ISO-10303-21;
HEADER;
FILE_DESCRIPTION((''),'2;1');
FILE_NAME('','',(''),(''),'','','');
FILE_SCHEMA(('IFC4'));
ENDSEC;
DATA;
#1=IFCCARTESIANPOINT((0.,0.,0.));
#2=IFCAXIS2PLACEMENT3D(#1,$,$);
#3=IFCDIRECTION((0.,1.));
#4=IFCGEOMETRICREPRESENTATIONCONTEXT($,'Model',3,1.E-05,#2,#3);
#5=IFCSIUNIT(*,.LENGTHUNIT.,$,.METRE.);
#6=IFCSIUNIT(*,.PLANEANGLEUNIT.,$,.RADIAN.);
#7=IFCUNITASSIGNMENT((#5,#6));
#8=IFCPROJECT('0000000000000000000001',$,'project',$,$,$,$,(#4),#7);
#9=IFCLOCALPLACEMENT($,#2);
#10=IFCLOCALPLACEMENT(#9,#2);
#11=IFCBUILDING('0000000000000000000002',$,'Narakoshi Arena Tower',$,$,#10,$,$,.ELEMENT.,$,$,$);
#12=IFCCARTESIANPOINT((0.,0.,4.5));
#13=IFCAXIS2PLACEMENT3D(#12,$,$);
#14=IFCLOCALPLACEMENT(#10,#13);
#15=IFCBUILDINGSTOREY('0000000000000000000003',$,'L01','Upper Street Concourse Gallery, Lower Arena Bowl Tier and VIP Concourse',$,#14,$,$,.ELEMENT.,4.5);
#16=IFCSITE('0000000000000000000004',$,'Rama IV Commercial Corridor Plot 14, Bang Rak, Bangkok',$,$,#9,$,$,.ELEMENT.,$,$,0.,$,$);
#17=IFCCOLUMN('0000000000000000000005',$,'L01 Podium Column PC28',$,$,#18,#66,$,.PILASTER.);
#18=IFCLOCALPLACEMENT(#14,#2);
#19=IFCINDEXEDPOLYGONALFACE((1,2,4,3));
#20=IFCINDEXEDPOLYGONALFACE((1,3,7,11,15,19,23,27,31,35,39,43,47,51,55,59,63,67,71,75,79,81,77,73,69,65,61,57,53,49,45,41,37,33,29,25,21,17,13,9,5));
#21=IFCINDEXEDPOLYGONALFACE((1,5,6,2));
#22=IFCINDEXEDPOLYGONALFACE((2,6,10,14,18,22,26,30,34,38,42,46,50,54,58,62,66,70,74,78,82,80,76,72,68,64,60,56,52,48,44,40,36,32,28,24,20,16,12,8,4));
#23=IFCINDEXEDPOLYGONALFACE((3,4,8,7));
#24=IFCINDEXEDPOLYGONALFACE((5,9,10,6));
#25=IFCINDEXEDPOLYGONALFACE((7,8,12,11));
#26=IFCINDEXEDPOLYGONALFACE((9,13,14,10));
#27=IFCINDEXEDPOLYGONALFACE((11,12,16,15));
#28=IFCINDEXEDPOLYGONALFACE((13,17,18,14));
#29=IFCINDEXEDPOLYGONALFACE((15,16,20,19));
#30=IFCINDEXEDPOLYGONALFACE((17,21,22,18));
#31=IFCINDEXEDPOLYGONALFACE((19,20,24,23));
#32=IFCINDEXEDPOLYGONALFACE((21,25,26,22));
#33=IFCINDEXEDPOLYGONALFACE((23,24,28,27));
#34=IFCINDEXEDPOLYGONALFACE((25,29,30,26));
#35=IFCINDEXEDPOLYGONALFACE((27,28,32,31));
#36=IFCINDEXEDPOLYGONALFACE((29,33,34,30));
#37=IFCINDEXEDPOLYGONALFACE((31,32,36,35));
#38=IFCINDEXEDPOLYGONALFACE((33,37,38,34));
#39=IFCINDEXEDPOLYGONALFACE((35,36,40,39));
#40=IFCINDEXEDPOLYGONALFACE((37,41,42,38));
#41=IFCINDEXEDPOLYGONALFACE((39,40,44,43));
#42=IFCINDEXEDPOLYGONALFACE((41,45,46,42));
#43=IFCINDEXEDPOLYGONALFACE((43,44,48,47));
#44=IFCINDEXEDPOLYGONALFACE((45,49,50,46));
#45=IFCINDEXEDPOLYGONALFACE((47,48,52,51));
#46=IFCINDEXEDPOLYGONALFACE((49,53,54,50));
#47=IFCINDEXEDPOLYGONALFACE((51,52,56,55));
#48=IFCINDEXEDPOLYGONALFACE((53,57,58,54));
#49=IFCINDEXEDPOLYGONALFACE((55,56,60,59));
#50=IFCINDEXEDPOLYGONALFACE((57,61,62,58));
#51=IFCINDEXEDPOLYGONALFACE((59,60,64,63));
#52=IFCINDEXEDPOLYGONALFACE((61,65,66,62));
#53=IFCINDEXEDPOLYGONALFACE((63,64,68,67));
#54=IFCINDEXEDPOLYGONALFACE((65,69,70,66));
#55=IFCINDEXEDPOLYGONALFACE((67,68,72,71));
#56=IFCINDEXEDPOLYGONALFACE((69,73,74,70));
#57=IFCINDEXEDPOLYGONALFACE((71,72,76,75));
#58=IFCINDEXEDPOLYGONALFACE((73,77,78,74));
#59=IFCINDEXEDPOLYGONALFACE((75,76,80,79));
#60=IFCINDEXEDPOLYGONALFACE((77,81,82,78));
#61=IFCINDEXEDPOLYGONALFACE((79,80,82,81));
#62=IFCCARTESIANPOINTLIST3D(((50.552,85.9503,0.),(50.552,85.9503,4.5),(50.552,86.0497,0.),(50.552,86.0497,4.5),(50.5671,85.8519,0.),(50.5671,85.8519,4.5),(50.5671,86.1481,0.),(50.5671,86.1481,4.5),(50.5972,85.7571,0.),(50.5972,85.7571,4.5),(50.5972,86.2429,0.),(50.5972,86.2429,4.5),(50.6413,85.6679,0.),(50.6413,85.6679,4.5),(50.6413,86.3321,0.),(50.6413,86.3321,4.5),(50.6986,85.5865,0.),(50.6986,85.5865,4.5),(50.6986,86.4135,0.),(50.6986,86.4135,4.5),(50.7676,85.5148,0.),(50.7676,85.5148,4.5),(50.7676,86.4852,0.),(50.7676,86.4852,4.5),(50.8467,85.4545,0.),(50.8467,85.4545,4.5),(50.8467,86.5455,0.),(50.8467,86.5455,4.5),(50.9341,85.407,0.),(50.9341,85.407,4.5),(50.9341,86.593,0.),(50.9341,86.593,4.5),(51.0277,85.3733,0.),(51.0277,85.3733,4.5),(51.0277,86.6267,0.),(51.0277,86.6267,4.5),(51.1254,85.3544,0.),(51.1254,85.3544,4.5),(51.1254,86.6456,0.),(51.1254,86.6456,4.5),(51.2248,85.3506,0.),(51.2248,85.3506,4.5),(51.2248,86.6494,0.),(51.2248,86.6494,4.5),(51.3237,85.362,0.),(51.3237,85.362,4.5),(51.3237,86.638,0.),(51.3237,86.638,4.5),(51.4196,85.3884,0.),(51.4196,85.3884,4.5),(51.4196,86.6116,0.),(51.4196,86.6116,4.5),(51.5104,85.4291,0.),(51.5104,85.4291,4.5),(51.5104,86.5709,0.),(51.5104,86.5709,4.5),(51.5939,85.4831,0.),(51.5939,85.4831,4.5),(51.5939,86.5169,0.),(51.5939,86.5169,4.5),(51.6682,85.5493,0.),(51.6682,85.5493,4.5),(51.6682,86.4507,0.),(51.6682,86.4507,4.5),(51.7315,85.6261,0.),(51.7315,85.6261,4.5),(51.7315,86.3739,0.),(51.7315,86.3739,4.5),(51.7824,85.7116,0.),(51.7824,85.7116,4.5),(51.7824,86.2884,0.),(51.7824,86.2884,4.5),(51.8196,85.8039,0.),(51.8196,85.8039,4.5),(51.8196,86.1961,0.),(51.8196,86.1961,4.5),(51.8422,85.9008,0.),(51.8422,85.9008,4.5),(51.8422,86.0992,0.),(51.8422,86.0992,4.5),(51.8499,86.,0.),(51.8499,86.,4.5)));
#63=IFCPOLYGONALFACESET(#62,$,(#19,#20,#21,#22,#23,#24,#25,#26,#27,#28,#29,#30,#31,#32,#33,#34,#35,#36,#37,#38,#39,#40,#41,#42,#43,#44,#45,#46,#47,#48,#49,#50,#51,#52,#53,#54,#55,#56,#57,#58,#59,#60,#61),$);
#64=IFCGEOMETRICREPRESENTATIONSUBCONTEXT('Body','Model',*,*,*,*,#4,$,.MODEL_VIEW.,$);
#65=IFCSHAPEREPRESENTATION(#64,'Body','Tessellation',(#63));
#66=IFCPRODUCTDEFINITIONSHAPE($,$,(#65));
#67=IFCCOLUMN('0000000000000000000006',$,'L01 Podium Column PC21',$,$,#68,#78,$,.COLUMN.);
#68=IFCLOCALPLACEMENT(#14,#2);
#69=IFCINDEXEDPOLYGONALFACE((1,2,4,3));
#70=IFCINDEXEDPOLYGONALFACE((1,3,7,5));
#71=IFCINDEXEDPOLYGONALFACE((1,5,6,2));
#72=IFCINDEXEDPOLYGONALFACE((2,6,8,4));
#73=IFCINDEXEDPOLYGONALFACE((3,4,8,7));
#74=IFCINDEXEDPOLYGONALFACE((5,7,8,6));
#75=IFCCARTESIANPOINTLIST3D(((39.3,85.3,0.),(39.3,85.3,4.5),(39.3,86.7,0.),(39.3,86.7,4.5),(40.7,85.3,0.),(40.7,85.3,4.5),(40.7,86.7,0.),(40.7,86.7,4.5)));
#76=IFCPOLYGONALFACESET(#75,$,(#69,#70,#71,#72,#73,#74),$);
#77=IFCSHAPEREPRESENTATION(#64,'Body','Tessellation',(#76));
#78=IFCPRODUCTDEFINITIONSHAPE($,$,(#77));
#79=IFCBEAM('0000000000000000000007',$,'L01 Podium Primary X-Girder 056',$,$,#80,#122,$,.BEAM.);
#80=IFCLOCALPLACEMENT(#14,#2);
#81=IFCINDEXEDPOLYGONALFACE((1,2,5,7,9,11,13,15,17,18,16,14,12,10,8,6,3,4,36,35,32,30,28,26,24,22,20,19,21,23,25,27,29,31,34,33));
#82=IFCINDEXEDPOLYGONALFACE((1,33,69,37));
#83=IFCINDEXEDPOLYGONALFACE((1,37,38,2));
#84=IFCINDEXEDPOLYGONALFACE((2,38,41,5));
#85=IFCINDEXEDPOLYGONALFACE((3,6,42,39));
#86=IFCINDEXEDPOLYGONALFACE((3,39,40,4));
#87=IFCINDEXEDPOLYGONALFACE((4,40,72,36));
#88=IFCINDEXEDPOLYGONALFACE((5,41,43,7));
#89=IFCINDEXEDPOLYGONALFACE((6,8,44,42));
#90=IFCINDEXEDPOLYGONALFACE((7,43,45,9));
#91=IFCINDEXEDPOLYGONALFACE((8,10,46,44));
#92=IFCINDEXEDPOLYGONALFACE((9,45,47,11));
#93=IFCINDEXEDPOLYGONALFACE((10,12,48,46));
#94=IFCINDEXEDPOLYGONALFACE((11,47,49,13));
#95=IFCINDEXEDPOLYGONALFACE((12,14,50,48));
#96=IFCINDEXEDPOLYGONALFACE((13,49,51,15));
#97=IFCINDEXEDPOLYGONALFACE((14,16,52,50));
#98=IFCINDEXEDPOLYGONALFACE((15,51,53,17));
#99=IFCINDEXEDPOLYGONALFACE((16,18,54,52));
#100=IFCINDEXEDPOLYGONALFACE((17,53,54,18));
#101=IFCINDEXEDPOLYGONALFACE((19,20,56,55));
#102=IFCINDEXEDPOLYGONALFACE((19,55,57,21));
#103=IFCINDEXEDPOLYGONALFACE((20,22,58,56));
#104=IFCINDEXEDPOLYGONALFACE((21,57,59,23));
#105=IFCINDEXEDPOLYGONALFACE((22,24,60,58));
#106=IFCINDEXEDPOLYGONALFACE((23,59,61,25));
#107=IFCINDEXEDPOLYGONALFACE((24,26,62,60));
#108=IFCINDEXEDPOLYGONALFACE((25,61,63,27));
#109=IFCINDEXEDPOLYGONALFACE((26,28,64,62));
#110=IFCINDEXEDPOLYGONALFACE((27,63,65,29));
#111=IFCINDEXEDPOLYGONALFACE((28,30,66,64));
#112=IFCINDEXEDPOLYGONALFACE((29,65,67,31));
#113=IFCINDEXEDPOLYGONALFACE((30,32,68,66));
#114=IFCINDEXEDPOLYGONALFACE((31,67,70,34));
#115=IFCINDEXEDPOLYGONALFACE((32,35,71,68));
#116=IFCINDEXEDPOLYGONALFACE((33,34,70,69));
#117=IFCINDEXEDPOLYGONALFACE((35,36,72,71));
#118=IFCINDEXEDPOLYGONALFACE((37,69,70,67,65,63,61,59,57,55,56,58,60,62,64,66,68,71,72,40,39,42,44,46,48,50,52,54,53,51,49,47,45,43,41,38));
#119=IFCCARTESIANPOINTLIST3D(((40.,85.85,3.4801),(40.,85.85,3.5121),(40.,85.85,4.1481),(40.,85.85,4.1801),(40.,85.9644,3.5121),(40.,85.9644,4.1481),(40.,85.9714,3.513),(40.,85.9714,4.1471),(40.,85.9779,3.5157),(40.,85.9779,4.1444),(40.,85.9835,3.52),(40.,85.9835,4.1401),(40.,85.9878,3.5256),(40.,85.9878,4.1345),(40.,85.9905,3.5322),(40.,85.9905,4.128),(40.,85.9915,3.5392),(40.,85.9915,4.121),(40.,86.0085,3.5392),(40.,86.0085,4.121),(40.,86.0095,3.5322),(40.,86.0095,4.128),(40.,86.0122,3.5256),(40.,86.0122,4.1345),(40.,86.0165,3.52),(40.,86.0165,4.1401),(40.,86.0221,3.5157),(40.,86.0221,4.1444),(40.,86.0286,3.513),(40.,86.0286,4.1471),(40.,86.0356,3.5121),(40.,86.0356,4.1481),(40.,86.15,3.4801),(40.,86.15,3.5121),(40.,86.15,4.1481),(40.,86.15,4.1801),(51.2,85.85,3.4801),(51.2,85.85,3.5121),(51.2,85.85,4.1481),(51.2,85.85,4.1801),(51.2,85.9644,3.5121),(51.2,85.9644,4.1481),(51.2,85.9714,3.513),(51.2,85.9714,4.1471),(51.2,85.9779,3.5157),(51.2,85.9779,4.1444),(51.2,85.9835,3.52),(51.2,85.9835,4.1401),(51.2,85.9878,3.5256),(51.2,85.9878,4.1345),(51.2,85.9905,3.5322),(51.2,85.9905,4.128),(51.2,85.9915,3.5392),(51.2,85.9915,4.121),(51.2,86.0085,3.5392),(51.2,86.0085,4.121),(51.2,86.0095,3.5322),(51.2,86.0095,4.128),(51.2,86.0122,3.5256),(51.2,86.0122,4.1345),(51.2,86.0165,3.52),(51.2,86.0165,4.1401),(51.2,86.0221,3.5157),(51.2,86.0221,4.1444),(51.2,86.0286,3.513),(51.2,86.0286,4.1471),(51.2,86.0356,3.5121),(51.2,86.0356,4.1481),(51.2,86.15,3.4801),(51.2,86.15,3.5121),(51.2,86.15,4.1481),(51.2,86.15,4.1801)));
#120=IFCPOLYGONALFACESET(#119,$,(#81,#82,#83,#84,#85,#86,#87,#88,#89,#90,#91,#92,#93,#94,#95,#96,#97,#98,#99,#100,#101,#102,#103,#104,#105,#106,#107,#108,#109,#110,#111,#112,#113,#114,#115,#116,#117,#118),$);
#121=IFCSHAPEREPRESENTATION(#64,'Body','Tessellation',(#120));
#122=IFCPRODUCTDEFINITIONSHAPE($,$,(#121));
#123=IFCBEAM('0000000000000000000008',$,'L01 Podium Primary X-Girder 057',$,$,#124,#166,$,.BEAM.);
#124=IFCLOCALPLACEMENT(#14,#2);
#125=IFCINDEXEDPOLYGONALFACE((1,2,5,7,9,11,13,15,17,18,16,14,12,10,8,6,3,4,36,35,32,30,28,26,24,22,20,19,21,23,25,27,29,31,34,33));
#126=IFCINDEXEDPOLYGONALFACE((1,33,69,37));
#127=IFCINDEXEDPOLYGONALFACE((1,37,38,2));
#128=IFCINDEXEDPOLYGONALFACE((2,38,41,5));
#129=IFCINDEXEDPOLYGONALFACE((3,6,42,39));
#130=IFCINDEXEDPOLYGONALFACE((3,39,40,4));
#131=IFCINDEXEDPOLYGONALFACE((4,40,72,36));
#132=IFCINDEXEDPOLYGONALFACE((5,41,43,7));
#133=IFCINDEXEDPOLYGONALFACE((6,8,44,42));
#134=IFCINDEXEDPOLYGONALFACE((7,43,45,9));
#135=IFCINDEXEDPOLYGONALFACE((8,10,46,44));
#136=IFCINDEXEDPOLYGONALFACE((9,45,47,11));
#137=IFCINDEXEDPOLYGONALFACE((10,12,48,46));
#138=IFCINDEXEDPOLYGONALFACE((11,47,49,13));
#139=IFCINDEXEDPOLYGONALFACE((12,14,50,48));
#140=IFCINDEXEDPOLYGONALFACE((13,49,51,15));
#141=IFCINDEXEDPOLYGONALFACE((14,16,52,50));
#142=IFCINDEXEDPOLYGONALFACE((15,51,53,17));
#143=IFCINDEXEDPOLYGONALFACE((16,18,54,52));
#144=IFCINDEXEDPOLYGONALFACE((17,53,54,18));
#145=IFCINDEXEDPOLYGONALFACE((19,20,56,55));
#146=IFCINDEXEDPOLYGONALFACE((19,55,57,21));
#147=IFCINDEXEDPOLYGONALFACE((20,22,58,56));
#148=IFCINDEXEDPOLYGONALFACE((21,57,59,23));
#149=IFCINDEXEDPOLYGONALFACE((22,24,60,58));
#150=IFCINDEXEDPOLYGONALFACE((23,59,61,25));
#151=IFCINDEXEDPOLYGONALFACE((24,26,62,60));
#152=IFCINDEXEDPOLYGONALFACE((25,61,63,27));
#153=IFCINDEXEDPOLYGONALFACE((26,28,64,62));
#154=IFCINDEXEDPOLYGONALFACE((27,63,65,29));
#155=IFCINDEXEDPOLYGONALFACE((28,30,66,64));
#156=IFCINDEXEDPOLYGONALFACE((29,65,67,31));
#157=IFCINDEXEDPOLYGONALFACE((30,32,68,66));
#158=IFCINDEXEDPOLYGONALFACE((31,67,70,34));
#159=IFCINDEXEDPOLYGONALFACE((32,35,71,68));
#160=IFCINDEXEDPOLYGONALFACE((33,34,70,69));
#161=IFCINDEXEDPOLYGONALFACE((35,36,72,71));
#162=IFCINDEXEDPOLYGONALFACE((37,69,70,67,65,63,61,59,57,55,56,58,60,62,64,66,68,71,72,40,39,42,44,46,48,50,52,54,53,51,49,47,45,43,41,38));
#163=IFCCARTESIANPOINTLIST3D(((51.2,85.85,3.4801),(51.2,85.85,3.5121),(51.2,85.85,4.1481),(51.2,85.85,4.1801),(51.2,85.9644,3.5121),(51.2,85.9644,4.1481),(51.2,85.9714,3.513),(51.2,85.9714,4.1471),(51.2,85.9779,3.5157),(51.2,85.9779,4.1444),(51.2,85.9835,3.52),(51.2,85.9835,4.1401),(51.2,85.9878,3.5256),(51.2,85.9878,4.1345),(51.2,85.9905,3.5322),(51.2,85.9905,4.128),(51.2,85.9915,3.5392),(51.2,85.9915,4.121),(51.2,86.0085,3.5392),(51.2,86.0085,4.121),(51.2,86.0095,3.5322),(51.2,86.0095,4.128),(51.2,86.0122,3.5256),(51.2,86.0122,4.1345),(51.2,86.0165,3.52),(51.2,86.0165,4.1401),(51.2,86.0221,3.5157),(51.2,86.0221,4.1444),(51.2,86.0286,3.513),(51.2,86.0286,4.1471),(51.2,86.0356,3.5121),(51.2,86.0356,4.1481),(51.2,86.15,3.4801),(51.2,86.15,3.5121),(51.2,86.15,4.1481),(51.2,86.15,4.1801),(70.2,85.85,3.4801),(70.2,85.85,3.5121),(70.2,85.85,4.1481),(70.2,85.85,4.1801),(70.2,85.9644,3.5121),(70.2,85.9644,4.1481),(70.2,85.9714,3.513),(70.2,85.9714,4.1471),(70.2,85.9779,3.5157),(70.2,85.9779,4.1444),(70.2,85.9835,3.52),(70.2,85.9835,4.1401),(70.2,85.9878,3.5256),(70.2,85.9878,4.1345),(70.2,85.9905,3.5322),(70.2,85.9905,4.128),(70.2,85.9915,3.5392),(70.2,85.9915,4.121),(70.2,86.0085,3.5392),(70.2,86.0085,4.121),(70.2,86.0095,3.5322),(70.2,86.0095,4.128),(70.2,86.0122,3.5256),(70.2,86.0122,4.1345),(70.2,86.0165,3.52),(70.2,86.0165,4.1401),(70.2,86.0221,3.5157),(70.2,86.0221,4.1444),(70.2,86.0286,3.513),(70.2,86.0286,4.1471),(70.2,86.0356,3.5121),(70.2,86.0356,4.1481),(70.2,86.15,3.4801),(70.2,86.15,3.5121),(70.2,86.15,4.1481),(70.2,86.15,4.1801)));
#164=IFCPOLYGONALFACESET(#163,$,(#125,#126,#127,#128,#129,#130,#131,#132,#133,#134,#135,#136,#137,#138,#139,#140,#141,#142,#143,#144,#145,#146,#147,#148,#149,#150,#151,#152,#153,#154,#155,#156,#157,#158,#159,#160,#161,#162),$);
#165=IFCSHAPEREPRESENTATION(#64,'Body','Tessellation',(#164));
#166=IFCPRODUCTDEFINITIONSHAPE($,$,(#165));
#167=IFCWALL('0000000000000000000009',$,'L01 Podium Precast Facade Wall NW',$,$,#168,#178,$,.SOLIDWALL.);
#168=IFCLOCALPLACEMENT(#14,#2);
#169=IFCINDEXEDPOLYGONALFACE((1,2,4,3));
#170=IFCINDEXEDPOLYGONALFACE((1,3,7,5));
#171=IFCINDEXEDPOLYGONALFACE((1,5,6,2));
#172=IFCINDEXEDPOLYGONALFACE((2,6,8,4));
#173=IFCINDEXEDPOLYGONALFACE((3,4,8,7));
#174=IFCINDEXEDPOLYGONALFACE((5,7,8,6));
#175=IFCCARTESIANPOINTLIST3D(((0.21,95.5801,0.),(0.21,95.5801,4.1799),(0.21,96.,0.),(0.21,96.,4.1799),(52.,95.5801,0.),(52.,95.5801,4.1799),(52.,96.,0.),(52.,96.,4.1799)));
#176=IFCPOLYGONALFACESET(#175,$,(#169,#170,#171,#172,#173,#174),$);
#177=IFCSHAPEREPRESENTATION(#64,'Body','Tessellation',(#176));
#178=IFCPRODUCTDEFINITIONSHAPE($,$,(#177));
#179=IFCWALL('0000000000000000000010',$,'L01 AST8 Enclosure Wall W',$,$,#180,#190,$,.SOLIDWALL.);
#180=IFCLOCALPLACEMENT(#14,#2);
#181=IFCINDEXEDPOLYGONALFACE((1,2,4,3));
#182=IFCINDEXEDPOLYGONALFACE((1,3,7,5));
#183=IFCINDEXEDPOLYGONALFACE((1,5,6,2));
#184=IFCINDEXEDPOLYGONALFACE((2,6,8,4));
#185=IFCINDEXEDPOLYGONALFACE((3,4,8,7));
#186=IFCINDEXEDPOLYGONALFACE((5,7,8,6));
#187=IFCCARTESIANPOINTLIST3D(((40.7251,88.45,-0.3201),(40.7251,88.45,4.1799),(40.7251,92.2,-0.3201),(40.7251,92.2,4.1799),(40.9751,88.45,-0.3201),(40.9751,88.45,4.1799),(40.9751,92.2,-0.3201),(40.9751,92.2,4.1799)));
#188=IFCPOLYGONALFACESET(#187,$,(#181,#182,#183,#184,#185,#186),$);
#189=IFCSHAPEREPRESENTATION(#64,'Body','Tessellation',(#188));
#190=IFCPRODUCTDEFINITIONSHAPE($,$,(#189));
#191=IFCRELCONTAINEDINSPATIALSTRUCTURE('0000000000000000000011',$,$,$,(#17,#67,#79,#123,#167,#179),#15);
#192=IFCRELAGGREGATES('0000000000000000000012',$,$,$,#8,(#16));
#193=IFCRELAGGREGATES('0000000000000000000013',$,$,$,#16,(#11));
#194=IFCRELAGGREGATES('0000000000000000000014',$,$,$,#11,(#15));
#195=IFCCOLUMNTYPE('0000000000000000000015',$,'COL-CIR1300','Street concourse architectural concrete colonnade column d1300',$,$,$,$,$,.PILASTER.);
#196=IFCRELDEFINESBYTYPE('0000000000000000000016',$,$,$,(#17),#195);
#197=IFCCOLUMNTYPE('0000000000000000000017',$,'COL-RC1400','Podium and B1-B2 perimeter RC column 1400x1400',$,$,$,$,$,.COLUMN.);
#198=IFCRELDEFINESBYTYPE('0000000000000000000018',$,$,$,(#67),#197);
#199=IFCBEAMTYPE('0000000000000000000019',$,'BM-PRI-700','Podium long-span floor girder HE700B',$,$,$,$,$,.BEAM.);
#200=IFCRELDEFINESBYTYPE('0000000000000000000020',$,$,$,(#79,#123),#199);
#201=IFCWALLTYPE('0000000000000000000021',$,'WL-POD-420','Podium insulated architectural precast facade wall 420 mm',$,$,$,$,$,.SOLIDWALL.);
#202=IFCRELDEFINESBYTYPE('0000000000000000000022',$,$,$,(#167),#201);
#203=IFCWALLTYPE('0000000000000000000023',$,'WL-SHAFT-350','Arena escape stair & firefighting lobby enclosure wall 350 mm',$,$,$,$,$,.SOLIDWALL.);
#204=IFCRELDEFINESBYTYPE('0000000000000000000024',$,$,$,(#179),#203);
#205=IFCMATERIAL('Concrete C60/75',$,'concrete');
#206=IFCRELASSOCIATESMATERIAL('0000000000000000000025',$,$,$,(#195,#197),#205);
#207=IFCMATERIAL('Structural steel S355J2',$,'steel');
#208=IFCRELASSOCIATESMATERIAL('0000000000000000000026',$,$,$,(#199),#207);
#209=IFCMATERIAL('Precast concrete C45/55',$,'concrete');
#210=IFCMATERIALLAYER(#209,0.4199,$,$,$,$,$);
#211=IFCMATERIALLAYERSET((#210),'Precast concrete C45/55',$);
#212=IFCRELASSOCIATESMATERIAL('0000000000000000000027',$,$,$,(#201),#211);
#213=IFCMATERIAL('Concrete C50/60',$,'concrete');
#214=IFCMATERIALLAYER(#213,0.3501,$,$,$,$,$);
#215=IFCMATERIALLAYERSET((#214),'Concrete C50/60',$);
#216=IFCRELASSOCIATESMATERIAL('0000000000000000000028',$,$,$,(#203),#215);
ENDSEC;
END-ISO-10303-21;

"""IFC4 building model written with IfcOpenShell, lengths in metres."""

from ifc_helpers import new_model, si_unit, direction, frame, frame_2d, origin, origin_2d, place, context, subcontext, project, spatial, rectangle, circle, i_section, extrude, material, layer, layer_set, material_profile, profile_set, type_object, element, save


model = new_model("IFC4")

# Units and contexts
model_context = context("Model", 3, precision=1e-05, world=origin(), true_north=direction((0.0, 1.0)))
body_context = subcontext(model_context, "Body", "Model", "MODEL_VIEW")
ifc_project = project(units=[si_unit("LENGTHUNIT", "METRE"), si_unit("PLANEANGLEUNIT", "RADIAN")], contexts=[model_context])

# Site, building, storey
site_placement = place(None, origin())
site = spatial("IfcSite", under=ifc_project, at=site_placement, Name="Rama IV Commercial Corridor Plot 14, Bang Rak, Bangkok", CompositionType="ELEMENT", RefElevation=0.0)
building_placement = place(site_placement, origin())
building = spatial("IfcBuilding", under=site, at=building_placement, Name="Narakoshi Arena Tower", CompositionType="ELEMENT")
storey_placement = place(building_placement, frame((0.0, 0.0, 4.5)))
storey = spatial("IfcBuildingStorey", under=building, at=storey_placement, Name="L01", Description="Upper Street Concourse Gallery, Lower Arena Bowl Tier and VIP Concourse", CompositionType="ELEMENT", Elevation=4.5)

# Columns
ifc_material_1 = material(Name="Concrete C60/75", Category="concrete")
ifc_material_profile_1 = material_profile(ifc_material_1, circle(Radius=0.6499, at=origin_2d()), Name="RCC1300")
ifc_profile_set_1 = profile_set([ifc_material_profile_1], Name="Concrete C60/75")
column_type_1 = type_object("IfcColumnType", Name="COL-CIR1300", Description="Street concourse architectural concrete colonnade column d1300", PredefinedType="PILASTER", material=ifc_profile_set_1)
column_1_placement = place(storey_placement, frame((51.2, 86.0, 0.0), z_axis=(0.0, 0.0, 1.0), x_axis=(1.0, 0.0, 0.0)))
element("IfcColumn", 1, at=column_1_placement, inside=storey, type_object=column_type_1, Name="L01 Podium Column PC28", PredefinedType="PILASTER", context=body_context, shape_type="SweptSolid", body=[
    extrude(circle(Radius=0.6499, at=origin_2d()), origin(), (0.0, 0.0, 1.0), 4.5),
])
ifc_material_profile_2 = material_profile(ifc_material_1, rectangle(XDim=1.3999, YDim=1.3999, at=origin_2d()), Name="RC1400x1400")
ifc_profile_set_2 = profile_set([ifc_material_profile_2], Name="Concrete C60/75")
column_type_2 = type_object("IfcColumnType", Name="COL-RC1400", Description="Podium and B1-B2 perimeter RC column 1400x1400", PredefinedType="COLUMN", material=ifc_profile_set_2)
column_2_placement = place(storey_placement, frame((40.0, 86.0, 0.0), z_axis=(0.0, 0.0, 1.0), x_axis=(1.0, 0.0, 0.0)))
element("IfcColumn", 2, at=column_2_placement, inside=storey, type_object=column_type_2, Name="L01 Podium Column PC21", PredefinedType="COLUMN", context=body_context, shape_type="SweptSolid", body=[
    extrude(rectangle(XDim=1.3999, YDim=1.3999, at=origin_2d()), origin(), (0.0, 0.0, 1.0), 4.5),
])

# Beams
ifc_material_2 = material(Name="Structural steel S355J2", Category="steel")
ifc_material_profile_3 = material_profile(ifc_material_2, i_section(OverallWidth=0.3, OverallDepth=0.7, WebThickness=0.0171, FlangeThickness=0.032, FilletRadius=0.0271, at=origin_2d()), Name="HE700B")
ifc_profile_set_3 = profile_set([ifc_material_profile_3], Name="Structural steel S355J2")
beam_type = type_object("IfcBeamType", Name="BM-PRI-700", Description="Podium long-span floor girder HE700B", PredefinedType="BEAM", material=ifc_profile_set_3)
beam_1_placement = place(storey_placement, frame((40.0, 86.0, 3.8301), z_axis=(1.0, 0.0, 0.0), x_axis=(0.0, 1.0, 0.0)))
element("IfcBeam", 3, at=beam_1_placement, inside=storey, type_object=beam_type, Name="L01 Podium Primary X-Girder 056", PredefinedType="BEAM", context=body_context, shape_type="SweptSolid", body=[
    extrude(i_section(OverallWidth=0.3, OverallDepth=0.7, WebThickness=0.0171, FlangeThickness=0.032, FilletRadius=0.0271, at=origin_2d()), origin(), (0.0, 0.0, 1.0), 11.2),
])
beam_2_placement = place(storey_placement, frame((51.2, 86.0, 3.8301), z_axis=(1.0, 0.0, 0.0), x_axis=(0.0, 1.0, 0.0)))
element("IfcBeam", 4, at=beam_2_placement, inside=storey, type_object=beam_type, Name="L01 Podium Primary X-Girder 057", PredefinedType="BEAM", context=body_context, shape_type="SweptSolid", body=[
    extrude(i_section(OverallWidth=0.3, OverallDepth=0.7, WebThickness=0.0171, FlangeThickness=0.032, FilletRadius=0.0271, at=origin_2d()), origin(), (0.0, 0.0, 1.0), 19.0),
])

# Walls
ifc_material_3 = material(Name="Precast concrete C45/55", Category="concrete")
ifc_layer_1 = layer(ifc_material_3, 0.4199)
ifc_layer_set_1 = layer_set([ifc_layer_1], Name="Precast concrete C45/55")
wall_type_1 = type_object("IfcWallType", Name="WL-POD-420", Description="Podium insulated architectural precast facade wall 420 mm", PredefinedType="SOLIDWALL", material=ifc_layer_set_1)
wall_1_placement = place(storey_placement, frame((52.0, 95.79, 0.0), z_axis=(0.0, 0.0, 1.0), x_axis=(-1.0, 0.0, 0.0)))
element("IfcWall", 5, at=wall_1_placement, inside=storey, type_object=wall_type_1, Name="L01 Podium Precast Facade Wall NW", PredefinedType="SOLIDWALL", context=body_context, shape_type="SweptSolid", body=[
    extrude(rectangle(XDim=51.79, YDim=0.4199, at=frame_2d((25.895, 0.0))), origin(), (0.0, 0.0, 1.0), 4.1799),
])
ifc_material_4 = material(Name="Concrete C50/60", Category="concrete")
ifc_layer_2 = layer(ifc_material_4, 0.3501)
ifc_layer_set_2 = layer_set([ifc_layer_2], Name="Concrete C50/60")
wall_type_2 = type_object("IfcWallType", Name="WL-SHAFT-350", Description="Arena escape stair & firefighting lobby enclosure wall 350 mm", PredefinedType="SOLIDWALL", material=ifc_layer_set_2)
for number, where, z_axis, x_axis, name in (
    (6, (40.8501, 88.45, -0.3201), (0.0, 0.0, 1.0), (0.0, 1.0, 0.0), "L01 AST8 Enclosure Wall W"),
):
    element("IfcWall", number, at=place(storey_placement, frame(where, z_axis=z_axis, x_axis=x_axis)), inside=storey, type_object=wall_type_2, Name=name, PredefinedType="SOLIDWALL", context=body_context, shape_type="SweptSolid", body=[
        extrude(rectangle(XDim=3.75, YDim=0.25, at=frame_2d((1.875, 0.0))), origin(), (0.0, 0.0, 1.0), 4.5),
    ])

save(model, "model.ifc")
